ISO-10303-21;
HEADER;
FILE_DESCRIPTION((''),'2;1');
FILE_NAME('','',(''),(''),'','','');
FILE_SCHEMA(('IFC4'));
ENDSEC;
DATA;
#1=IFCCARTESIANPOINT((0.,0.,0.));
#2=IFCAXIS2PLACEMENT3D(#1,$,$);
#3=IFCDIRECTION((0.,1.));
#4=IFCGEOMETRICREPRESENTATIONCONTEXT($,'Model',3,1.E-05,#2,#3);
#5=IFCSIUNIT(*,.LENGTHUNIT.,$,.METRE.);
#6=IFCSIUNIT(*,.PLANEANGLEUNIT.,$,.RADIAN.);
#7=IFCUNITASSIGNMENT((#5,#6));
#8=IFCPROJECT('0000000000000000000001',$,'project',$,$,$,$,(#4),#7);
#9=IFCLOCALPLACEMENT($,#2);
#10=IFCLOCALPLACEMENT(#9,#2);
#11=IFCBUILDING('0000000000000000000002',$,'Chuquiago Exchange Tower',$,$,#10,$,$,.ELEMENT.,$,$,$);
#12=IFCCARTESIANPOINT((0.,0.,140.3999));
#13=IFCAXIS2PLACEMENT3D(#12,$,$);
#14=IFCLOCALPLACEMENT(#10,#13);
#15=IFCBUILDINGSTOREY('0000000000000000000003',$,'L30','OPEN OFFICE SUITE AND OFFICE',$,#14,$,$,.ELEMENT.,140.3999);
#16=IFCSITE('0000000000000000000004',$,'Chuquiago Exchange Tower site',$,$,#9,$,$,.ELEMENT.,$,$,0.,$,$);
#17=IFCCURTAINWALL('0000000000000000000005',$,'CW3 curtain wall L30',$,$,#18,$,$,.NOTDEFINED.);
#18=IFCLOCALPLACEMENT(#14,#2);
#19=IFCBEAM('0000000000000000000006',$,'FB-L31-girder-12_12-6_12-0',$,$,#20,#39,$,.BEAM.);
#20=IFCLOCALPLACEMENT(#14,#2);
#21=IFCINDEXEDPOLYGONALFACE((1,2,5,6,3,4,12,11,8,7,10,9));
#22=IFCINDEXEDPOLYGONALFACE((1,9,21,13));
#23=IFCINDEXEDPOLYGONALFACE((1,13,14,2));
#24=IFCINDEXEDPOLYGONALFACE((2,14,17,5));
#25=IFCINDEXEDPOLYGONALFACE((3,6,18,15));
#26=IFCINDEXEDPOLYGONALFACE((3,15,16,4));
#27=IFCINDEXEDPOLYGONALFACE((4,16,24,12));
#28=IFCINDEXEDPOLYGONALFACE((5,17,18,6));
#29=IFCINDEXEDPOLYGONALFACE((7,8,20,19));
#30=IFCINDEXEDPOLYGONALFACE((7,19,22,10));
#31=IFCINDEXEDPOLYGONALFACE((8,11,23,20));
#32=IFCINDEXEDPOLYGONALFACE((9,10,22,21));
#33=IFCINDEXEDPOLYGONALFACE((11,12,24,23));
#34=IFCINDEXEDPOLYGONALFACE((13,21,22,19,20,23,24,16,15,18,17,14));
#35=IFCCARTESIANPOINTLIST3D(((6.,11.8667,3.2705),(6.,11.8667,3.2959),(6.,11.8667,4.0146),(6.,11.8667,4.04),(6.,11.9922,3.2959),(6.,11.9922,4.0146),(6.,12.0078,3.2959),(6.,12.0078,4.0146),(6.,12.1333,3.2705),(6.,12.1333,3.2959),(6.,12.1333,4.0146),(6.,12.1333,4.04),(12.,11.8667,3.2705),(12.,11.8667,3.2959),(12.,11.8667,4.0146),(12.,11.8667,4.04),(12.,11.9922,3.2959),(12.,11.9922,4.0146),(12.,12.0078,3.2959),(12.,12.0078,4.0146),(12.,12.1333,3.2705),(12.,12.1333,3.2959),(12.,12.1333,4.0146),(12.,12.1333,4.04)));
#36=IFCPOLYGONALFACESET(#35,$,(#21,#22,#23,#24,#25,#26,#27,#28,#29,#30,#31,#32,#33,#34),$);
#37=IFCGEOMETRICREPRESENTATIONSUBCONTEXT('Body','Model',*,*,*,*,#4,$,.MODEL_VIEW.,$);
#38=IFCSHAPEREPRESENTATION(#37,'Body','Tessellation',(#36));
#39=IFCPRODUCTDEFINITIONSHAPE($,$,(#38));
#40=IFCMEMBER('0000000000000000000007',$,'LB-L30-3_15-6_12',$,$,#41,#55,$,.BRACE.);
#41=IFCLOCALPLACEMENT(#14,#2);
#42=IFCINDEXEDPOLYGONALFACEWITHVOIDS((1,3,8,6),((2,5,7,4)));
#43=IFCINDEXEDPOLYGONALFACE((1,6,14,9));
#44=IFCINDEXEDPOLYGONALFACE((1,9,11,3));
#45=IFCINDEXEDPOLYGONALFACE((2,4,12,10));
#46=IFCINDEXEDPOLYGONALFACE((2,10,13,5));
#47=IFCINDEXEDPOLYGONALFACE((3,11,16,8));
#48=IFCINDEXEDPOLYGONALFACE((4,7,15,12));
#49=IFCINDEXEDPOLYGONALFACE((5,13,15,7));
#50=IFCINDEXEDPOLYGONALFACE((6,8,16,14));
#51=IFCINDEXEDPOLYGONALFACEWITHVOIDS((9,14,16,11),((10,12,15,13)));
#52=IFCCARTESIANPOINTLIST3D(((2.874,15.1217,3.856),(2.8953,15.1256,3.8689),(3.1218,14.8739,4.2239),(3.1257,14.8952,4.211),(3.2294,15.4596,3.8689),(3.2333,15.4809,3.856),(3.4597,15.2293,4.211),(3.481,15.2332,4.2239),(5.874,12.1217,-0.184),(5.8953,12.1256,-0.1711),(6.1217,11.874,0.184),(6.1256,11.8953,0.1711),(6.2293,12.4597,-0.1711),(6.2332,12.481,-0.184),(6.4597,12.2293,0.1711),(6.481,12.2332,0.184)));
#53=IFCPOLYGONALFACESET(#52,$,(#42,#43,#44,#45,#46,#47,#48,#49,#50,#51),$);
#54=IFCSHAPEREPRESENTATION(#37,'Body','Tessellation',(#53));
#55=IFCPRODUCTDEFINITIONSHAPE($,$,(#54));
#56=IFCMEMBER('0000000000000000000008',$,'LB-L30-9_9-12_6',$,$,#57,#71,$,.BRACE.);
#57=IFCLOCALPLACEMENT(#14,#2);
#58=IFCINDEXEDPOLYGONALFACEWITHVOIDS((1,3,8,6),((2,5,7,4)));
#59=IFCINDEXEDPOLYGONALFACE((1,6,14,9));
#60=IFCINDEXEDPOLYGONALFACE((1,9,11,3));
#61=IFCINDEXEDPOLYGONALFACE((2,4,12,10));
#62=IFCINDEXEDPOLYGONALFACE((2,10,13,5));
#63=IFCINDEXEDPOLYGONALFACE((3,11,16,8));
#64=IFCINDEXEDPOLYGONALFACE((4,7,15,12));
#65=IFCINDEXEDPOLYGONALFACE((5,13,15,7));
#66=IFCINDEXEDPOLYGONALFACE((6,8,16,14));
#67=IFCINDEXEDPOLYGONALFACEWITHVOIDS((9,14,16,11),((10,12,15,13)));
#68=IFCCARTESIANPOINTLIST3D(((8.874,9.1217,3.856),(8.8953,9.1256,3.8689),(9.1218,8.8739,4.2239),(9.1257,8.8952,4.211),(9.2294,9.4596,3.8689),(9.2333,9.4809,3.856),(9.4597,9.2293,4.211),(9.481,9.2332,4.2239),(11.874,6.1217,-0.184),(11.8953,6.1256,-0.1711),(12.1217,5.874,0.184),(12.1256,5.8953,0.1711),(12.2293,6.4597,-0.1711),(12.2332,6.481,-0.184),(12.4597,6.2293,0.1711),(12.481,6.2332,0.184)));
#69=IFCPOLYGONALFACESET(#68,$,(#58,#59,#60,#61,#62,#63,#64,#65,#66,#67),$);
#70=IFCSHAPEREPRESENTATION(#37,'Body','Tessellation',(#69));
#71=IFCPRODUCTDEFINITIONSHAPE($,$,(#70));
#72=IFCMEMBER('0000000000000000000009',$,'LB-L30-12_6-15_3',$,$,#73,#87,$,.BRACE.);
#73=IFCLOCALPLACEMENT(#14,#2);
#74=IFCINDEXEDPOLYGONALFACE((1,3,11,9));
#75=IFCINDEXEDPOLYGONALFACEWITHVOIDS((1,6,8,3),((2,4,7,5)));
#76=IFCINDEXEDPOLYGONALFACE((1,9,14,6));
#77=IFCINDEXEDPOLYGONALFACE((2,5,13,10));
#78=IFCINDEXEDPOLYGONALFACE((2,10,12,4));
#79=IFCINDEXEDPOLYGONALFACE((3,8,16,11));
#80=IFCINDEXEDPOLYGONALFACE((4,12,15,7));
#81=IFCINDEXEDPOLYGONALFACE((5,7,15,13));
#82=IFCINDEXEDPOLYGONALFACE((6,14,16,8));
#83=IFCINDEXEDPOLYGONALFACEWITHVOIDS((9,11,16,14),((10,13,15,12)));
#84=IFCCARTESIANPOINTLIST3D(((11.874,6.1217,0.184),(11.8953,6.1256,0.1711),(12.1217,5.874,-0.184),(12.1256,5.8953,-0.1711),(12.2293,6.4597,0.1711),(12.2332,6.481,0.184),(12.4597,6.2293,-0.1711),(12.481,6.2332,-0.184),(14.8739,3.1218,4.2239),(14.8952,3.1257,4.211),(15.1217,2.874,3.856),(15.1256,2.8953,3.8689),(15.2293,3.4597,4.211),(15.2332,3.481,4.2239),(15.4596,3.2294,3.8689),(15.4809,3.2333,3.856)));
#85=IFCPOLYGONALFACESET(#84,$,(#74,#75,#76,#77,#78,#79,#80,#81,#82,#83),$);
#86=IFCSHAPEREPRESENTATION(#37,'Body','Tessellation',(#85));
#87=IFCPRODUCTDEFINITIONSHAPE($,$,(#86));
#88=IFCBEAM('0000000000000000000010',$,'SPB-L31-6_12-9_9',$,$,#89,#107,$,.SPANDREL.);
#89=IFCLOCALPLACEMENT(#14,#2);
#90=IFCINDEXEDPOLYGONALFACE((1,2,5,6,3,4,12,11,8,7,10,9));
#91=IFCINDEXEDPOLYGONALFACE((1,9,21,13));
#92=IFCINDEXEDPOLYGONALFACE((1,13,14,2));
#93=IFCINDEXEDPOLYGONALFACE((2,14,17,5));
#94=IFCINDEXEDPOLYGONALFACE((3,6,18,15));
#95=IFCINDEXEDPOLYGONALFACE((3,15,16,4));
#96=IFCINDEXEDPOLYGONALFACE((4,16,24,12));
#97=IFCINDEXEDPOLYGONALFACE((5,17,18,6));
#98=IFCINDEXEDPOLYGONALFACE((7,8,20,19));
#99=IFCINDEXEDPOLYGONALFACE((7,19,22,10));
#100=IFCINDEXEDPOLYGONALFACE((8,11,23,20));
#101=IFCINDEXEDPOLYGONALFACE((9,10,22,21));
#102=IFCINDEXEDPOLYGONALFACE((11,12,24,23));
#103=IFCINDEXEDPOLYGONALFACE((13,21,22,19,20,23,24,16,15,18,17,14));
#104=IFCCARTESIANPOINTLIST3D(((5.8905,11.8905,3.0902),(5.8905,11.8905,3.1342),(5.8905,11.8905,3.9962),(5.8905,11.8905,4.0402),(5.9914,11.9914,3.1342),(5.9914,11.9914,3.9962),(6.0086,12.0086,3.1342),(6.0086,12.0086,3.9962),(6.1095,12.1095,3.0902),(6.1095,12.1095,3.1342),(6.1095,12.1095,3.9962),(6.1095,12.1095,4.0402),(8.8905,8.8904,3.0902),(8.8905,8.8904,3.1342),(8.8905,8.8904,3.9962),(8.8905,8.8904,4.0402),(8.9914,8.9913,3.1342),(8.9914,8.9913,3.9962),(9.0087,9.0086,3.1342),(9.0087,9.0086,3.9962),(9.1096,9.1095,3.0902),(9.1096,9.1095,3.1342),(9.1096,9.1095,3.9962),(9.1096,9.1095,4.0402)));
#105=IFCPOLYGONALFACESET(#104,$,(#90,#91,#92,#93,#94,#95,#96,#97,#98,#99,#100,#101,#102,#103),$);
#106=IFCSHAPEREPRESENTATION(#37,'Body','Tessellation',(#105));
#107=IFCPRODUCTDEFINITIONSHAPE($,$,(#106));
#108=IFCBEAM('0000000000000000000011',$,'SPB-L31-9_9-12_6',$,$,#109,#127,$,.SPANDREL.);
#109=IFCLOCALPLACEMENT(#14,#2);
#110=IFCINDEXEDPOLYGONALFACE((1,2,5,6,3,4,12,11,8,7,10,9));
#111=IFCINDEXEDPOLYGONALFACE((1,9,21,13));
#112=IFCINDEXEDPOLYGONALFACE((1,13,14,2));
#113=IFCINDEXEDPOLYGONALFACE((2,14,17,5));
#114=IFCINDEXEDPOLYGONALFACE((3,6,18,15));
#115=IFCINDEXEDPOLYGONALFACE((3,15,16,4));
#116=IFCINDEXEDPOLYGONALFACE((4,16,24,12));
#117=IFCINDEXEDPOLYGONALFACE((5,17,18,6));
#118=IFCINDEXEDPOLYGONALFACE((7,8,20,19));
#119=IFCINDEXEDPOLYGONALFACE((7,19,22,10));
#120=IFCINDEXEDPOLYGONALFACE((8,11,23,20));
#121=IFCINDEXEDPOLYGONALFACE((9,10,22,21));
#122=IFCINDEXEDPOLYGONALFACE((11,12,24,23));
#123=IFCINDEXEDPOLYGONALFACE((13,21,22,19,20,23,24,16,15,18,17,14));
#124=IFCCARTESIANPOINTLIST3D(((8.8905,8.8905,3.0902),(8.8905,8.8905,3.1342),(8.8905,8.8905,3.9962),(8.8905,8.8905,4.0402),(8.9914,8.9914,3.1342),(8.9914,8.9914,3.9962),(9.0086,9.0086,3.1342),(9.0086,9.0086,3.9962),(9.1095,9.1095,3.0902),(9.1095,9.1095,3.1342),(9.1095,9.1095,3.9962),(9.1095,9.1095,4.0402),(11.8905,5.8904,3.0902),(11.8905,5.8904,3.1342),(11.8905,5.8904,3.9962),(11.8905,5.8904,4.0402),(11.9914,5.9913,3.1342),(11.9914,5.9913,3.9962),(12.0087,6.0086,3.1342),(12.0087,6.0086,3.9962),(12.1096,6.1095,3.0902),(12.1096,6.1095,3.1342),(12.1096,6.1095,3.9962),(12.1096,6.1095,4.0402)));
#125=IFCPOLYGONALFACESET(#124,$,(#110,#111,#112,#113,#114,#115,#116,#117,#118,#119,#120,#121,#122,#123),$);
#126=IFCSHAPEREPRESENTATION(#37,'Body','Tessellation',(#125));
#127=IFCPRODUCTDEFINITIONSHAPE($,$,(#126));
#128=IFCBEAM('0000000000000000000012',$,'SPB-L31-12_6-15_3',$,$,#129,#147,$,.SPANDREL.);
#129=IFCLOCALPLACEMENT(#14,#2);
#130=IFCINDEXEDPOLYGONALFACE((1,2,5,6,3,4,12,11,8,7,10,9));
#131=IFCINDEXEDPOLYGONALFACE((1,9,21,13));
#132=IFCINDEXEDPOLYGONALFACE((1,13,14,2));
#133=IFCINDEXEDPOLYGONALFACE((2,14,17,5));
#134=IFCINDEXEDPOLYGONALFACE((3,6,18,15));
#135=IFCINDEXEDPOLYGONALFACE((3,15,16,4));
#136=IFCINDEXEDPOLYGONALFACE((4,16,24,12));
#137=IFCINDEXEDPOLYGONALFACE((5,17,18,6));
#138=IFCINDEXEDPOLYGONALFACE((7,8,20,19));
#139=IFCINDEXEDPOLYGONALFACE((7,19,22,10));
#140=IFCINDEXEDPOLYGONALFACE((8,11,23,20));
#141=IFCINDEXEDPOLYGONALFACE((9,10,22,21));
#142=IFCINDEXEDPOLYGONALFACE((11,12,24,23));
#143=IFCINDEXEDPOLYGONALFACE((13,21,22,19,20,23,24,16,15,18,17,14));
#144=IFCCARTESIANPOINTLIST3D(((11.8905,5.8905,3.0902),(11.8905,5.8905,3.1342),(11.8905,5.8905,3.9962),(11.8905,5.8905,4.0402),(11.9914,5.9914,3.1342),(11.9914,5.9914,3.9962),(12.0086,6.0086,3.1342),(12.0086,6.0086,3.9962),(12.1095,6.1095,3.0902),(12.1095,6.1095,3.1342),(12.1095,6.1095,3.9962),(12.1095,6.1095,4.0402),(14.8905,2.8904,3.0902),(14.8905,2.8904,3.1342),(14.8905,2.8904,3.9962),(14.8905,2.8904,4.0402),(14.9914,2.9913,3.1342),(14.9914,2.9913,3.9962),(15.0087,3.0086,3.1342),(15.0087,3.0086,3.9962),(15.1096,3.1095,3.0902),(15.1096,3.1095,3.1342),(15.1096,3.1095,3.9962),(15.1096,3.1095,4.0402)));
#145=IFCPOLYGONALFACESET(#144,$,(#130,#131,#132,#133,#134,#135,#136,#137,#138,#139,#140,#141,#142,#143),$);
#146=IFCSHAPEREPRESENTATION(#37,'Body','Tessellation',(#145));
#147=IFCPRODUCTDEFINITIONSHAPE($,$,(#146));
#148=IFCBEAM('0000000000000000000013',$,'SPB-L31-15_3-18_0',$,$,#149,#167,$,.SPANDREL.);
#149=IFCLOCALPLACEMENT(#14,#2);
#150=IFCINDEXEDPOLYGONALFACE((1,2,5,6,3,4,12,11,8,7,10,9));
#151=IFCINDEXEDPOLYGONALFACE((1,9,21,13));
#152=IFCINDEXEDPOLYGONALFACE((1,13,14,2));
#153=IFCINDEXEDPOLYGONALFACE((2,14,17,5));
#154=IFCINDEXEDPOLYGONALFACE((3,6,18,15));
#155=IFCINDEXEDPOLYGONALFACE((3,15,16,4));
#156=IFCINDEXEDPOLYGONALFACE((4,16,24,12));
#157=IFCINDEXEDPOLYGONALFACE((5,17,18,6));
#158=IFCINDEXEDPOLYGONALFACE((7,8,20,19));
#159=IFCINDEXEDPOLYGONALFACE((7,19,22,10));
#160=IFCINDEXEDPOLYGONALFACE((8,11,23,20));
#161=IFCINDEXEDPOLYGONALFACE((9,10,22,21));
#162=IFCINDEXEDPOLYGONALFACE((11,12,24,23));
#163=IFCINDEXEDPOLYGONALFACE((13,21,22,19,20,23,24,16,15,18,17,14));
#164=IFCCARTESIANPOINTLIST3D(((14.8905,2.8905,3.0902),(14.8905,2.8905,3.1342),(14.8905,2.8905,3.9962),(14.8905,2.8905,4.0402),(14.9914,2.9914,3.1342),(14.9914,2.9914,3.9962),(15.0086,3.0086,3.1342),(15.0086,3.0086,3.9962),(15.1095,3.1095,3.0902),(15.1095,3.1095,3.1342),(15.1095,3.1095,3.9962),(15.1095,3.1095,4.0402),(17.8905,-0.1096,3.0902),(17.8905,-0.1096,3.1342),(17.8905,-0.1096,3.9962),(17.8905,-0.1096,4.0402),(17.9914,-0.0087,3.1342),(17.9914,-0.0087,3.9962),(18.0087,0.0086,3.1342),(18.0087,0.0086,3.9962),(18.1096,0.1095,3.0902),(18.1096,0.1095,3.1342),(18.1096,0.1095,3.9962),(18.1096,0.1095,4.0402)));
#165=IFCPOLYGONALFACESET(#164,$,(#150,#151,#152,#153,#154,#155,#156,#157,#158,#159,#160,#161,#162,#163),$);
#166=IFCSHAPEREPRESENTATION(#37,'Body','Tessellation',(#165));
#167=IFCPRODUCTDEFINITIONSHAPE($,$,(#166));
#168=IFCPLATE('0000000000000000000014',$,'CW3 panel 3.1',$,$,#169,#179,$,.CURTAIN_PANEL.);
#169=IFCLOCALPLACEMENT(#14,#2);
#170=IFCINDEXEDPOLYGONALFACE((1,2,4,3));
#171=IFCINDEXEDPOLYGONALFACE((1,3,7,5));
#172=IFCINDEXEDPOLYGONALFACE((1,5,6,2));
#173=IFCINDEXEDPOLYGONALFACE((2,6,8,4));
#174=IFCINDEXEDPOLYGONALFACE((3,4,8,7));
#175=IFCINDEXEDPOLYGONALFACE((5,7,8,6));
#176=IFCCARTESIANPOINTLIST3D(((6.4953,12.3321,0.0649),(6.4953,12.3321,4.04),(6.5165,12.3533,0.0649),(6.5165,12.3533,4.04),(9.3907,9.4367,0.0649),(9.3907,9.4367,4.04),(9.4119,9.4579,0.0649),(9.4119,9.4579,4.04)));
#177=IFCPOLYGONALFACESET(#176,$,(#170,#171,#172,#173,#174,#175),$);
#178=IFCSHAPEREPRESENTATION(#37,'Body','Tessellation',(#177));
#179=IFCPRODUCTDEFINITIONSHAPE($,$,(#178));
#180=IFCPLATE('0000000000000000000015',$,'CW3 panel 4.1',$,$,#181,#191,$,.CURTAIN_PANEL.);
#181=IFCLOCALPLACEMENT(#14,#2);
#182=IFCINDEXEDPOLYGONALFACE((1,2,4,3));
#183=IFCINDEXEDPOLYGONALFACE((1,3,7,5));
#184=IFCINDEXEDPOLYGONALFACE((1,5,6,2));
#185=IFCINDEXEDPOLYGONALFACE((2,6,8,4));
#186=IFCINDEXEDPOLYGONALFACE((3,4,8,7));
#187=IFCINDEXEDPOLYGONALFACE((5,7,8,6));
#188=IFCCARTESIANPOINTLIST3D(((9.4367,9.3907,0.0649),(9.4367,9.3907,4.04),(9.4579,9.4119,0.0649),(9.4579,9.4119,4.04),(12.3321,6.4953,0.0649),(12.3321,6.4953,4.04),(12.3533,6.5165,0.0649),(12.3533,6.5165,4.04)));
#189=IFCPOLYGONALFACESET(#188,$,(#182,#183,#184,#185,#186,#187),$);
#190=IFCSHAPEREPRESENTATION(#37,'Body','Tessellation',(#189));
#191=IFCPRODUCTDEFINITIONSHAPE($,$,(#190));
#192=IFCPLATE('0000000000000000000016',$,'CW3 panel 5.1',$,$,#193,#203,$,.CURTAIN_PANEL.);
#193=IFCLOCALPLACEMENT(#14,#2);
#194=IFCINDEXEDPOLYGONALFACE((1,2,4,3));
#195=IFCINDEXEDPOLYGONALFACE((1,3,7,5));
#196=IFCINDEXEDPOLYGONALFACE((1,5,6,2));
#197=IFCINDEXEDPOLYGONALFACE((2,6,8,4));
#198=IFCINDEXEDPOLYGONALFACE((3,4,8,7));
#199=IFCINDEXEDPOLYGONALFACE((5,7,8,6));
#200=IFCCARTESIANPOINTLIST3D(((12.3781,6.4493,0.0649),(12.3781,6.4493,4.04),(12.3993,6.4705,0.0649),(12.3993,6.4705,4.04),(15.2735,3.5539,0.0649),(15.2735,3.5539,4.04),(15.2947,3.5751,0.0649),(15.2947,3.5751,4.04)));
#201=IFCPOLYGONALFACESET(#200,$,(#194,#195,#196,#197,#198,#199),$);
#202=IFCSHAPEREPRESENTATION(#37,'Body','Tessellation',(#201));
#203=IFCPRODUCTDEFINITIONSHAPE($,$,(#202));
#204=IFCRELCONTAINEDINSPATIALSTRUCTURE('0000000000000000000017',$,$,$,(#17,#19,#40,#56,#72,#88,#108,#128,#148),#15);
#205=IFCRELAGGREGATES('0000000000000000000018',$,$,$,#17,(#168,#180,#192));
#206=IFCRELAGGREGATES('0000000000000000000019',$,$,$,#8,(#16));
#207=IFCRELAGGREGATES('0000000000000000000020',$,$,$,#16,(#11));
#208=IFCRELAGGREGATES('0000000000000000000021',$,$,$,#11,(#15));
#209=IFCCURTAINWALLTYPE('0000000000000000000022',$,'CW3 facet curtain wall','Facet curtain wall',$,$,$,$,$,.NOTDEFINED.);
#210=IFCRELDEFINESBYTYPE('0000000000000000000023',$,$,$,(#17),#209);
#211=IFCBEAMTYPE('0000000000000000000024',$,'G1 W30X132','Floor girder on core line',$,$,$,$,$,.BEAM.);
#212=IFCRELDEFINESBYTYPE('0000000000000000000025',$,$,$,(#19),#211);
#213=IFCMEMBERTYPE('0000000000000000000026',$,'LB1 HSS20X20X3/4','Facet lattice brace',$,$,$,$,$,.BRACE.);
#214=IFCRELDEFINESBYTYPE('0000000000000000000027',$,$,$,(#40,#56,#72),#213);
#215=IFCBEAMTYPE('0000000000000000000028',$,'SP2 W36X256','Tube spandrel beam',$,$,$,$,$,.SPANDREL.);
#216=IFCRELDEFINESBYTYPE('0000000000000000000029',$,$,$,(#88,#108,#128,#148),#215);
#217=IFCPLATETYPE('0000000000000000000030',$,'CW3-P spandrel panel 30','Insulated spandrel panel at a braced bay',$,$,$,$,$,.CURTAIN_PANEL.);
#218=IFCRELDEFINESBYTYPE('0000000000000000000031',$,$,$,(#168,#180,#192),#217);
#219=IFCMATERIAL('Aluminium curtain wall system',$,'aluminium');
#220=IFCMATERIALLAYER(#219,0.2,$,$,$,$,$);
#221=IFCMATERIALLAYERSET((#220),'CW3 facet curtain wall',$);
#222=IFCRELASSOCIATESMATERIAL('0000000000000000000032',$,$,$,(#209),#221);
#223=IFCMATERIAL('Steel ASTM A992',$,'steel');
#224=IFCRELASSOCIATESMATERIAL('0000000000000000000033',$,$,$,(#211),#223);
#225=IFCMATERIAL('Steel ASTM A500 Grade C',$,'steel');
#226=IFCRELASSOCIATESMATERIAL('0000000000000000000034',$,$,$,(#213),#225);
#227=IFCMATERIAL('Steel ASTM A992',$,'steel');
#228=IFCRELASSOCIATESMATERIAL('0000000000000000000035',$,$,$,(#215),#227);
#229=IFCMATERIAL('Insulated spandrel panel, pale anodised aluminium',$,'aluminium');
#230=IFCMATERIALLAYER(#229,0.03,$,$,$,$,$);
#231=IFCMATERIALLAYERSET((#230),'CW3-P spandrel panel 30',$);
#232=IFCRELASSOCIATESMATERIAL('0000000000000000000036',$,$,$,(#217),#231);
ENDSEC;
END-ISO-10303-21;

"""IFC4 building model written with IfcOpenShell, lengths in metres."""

from ifc_helpers import new_model, si_unit, direction, frame, origin, origin_2d, place, context, subcontext, project, spatial, rectangle, hollow_rectangle, i_section, extrude, material, layer, layer_set, material_profile, profile_set, type_object, element, aggregate, save


model = new_model("IFC4")

# Units and contexts
model_context = context("Model", 3, precision=1e-05, world=origin(), true_north=direction((0.0, 1.0)))
body_context = subcontext(model_context, "Body", "Model", "MODEL_VIEW")
ifc_project = project(units=[si_unit("LENGTHUNIT", "METRE"), si_unit("PLANEANGLEUNIT", "RADIAN")], contexts=[model_context])

# Site, building, storey
site_placement = place(None, origin())
site = spatial("IfcSite", under=ifc_project, at=site_placement, Name="Chuquiago Exchange Tower site", CompositionType="ELEMENT", RefElevation=0.0)
building_placement = place(site_placement, origin())
building = spatial("IfcBuilding", under=site, at=building_placement, Name="Chuquiago Exchange Tower", CompositionType="ELEMENT")
storey_placement = place(building_placement, frame((0.0, 0.0, 140.3999)))
storey = spatial("IfcBuildingStorey", under=building, at=storey_placement, Name="L30", Description="OPEN OFFICE SUITE AND OFFICE", CompositionType="ELEMENT", Elevation=140.3999)

# Curtain wall
ifc_material_1 = material(Name="Aluminium curtain wall system", Category="aluminium")
ifc_layer_1 = layer(ifc_material_1, 0.2)
ifc_layer_set_1 = layer_set([ifc_layer_1], Name="CW3 facet curtain wall")
curtain_wall_type = type_object("IfcCurtainWallType", Name="CW3 facet curtain wall", Description="Facet curtain wall", PredefinedType="NOTDEFINED", material=ifc_layer_set_1)
curtain_wall_placement = place(storey_placement, origin())
curtain_wall = element("IfcCurtainWall", 1, at=curtain_wall_placement, inside=storey, type_object=curtain_wall_type, Name="CW3 curtain wall L30", PredefinedType="NOTDEFINED")

# Beam
ifc_material_2 = material(Name="Steel ASTM A992", Category="steel")
ifc_material_profile_1 = material_profile(ifc_material_2, i_section(OverallWidth=0.2666, OverallDepth=0.7695, WebThickness=0.0156, FlangeThickness=0.0254, at=origin_2d()), Name="W30X132")
ifc_profile_set_1 = profile_set([ifc_material_profile_1], Name="Steel ASTM A992")
beam_type_1 = type_object("IfcBeamType", Name="G1 W30X132", Description="Floor girder on core line", PredefinedType="BEAM", material=ifc_profile_set_1)
for number, where, z_axis, x_axis, name in (
    (2, (12.0, 12.0, 3.6553), (-1.0, 0.0, 0.0), (0.0, -1.0, 0.0), "FB-L31-girder-12_12-6_12-0"),
):
    element("IfcBeam", number, at=place(storey_placement, frame(where, z_axis=z_axis, x_axis=x_axis)), inside=storey, type_object=beam_type_1, Name=name, PredefinedType="BEAM", context=body_context, shape_type="SweptSolid", body=[
        extrude(i_section(OverallWidth=0.2666, OverallDepth=0.7695, WebThickness=0.0156, FlangeThickness=0.0254, at=origin_2d()), origin(), (0.0, 0.0, 1.0), 6.0),
    ])

# Members
ifc_material_3 = material(Name="Steel ASTM A500 Grade C", Category="steel")
ifc_material_profile_2 = material_profile(ifc_material_3, hollow_rectangle(XDim=0.5081, YDim=0.5081, WallThickness=0.0178, at=origin_2d()), Name="HSS20X20X3/4")
ifc_profile_set_2 = profile_set([ifc_material_profile_2], Name="Steel ASTM A500 Grade C")
member_type_1 = type_object("IfcMemberType", Name="LB1 HSS20X20X3/4", Description="Facet lattice brace", PredefinedType="BRACE", material=ifc_profile_set_2)
for number, where, z_axis, x_axis, name in (
    (3, (6.1775, 12.1775, 0.0), (-0.512077, 0.512077, 0.689604), (-0.707107, -0.707107, 0.0), "LB-L30-3_15-6_12"),
    (4, (12.1775, 6.1775, 0.0), (-0.512077, 0.512077, 0.689604), (-0.707107, -0.707107, 0.0), "LB-L30-9_9-12_6"),
    (5, (12.1775, 6.1775, 0.0), (0.512077, -0.512077, 0.689604), (0.707107, 0.707107, 0.0), "LB-L30-12_6-15_3"),
):
    element("IfcMember", number, at=place(storey_placement, frame(where, z_axis=z_axis, x_axis=x_axis)), inside=storey, type_object=member_type_1, Name=name, PredefinedType="BRACE", context=body_context, shape_type="SweptSolid", body=[
        extrude(hollow_rectangle(XDim=0.5081, YDim=0.5081, WallThickness=0.0178, at=origin_2d()), origin(), (0.0, 0.0, 1.0), 5.8584),
    ])

# Beams
ifc_material_4 = material(Name="Steel ASTM A992", Category="steel")
ifc_material_profile_3 = material_profile(ifc_material_4, i_section(OverallWidth=0.3098, OverallDepth=0.95, WebThickness=0.0244, FlangeThickness=0.0439, at=origin_2d()), Name="W36X256")
ifc_profile_set_3 = profile_set([ifc_material_profile_3], Name="Steel ASTM A992")
beam_type_2 = type_object("IfcBeamType", Name="SP2 W36X256", Description="Tube spandrel beam", PredefinedType="SPANDREL", material=ifc_profile_set_3)
for number, where, z_axis, x_axis, name in (
    (6, (6.0, 12.0, 3.5652), (0.707107, -0.707107, 0.0), (0.707107, 0.707107, 0.0), "SPB-L31-6_12-9_9"),
    (7, (9.0, 9.0, 3.5652), (0.707107, -0.707107, 0.0), (0.707107, 0.707107, 0.0), "SPB-L31-9_9-12_6"),
    (8, (12.0, 6.0, 3.5652), (0.707107, -0.707107, 0.0), (0.707107, 0.707107, 0.0), "SPB-L31-12_6-15_3"),
    (9, (15.0, 3.0, 3.5652), (0.707107, -0.707107, 0.0), (0.707107, 0.707107, 0.0), "SPB-L31-15_3-18_0"),
):
    element("IfcBeam", number, at=place(storey_placement, frame(where, z_axis=z_axis, x_axis=x_axis)), inside=storey, type_object=beam_type_2, Name=name, PredefinedType="SPANDREL", context=body_context, shape_type="SweptSolid", body=[
        extrude(i_section(OverallWidth=0.3098, OverallDepth=0.95, WebThickness=0.0244, FlangeThickness=0.0439, at=origin_2d()), origin(), (0.0, 0.0, 1.0), 4.2427),
    ])

# Plates
ifc_material_5 = material(Name="Insulated spandrel panel, pale anodised aluminium", Category="aluminium")
ifc_layer_2 = layer(ifc_material_5, 0.03)
ifc_layer_set_2 = layer_set([ifc_layer_2], Name="CW3-P spandrel panel 30")
plate_type = type_object("IfcPlateType", Name="CW3-P spandrel panel 30", Description="Insulated spandrel panel at a braced bay", PredefinedType="CURTAIN_PANEL", material=ifc_layer_set_2)
plate_1_placement = place(storey_placement, frame((7.9536, 10.895, 0.0649), z_axis=(0.0, 0.0, 1.0), x_axis=(0.707107, -0.707107, 0.0)))
plate_1 = element("IfcPlate", 10, at=plate_1_placement, type_object=plate_type, Name="CW3 panel 3.1", PredefinedType="CURTAIN_PANEL", context=body_context, shape_type="SweptSolid", body=[
    extrude(rectangle(XDim=4.0947, YDim=0.03, at=origin_2d()), origin(), (0.0, 0.0, 1.0), 3.9751),
])
plate_2_placement = place(storey_placement, frame((10.895, 7.9536, 0.0649), z_axis=(0.0, 0.0, 1.0), x_axis=(0.707107, -0.707107, 0.0)))
plate_2 = element("IfcPlate", 11, at=plate_2_placement, type_object=plate_type, Name="CW3 panel 4.1", PredefinedType="CURTAIN_PANEL", context=body_context, shape_type="SweptSolid", body=[
    extrude(rectangle(XDim=4.0947, YDim=0.03, at=origin_2d()), origin(), (0.0, 0.0, 1.0), 3.9751),
])
plate_3_placement = place(storey_placement, frame((13.8364, 5.0122, 0.0649), z_axis=(0.0, 0.0, 1.0), x_axis=(0.707107, -0.707107, 0.0)))
plate_3 = element("IfcPlate", 12, at=plate_3_placement, type_object=plate_type, Name="CW3 panel 5.1", PredefinedType="CURTAIN_PANEL", context=body_context, shape_type="SweptSolid", body=[
    extrude(rectangle(XDim=4.0947, YDim=0.03, at=origin_2d()), origin(), (0.0, 0.0, 1.0), 3.9751),
])
aggregate(curtain_wall, [plate_1, plate_2, plate_3])

save(model, "model.ifc")
